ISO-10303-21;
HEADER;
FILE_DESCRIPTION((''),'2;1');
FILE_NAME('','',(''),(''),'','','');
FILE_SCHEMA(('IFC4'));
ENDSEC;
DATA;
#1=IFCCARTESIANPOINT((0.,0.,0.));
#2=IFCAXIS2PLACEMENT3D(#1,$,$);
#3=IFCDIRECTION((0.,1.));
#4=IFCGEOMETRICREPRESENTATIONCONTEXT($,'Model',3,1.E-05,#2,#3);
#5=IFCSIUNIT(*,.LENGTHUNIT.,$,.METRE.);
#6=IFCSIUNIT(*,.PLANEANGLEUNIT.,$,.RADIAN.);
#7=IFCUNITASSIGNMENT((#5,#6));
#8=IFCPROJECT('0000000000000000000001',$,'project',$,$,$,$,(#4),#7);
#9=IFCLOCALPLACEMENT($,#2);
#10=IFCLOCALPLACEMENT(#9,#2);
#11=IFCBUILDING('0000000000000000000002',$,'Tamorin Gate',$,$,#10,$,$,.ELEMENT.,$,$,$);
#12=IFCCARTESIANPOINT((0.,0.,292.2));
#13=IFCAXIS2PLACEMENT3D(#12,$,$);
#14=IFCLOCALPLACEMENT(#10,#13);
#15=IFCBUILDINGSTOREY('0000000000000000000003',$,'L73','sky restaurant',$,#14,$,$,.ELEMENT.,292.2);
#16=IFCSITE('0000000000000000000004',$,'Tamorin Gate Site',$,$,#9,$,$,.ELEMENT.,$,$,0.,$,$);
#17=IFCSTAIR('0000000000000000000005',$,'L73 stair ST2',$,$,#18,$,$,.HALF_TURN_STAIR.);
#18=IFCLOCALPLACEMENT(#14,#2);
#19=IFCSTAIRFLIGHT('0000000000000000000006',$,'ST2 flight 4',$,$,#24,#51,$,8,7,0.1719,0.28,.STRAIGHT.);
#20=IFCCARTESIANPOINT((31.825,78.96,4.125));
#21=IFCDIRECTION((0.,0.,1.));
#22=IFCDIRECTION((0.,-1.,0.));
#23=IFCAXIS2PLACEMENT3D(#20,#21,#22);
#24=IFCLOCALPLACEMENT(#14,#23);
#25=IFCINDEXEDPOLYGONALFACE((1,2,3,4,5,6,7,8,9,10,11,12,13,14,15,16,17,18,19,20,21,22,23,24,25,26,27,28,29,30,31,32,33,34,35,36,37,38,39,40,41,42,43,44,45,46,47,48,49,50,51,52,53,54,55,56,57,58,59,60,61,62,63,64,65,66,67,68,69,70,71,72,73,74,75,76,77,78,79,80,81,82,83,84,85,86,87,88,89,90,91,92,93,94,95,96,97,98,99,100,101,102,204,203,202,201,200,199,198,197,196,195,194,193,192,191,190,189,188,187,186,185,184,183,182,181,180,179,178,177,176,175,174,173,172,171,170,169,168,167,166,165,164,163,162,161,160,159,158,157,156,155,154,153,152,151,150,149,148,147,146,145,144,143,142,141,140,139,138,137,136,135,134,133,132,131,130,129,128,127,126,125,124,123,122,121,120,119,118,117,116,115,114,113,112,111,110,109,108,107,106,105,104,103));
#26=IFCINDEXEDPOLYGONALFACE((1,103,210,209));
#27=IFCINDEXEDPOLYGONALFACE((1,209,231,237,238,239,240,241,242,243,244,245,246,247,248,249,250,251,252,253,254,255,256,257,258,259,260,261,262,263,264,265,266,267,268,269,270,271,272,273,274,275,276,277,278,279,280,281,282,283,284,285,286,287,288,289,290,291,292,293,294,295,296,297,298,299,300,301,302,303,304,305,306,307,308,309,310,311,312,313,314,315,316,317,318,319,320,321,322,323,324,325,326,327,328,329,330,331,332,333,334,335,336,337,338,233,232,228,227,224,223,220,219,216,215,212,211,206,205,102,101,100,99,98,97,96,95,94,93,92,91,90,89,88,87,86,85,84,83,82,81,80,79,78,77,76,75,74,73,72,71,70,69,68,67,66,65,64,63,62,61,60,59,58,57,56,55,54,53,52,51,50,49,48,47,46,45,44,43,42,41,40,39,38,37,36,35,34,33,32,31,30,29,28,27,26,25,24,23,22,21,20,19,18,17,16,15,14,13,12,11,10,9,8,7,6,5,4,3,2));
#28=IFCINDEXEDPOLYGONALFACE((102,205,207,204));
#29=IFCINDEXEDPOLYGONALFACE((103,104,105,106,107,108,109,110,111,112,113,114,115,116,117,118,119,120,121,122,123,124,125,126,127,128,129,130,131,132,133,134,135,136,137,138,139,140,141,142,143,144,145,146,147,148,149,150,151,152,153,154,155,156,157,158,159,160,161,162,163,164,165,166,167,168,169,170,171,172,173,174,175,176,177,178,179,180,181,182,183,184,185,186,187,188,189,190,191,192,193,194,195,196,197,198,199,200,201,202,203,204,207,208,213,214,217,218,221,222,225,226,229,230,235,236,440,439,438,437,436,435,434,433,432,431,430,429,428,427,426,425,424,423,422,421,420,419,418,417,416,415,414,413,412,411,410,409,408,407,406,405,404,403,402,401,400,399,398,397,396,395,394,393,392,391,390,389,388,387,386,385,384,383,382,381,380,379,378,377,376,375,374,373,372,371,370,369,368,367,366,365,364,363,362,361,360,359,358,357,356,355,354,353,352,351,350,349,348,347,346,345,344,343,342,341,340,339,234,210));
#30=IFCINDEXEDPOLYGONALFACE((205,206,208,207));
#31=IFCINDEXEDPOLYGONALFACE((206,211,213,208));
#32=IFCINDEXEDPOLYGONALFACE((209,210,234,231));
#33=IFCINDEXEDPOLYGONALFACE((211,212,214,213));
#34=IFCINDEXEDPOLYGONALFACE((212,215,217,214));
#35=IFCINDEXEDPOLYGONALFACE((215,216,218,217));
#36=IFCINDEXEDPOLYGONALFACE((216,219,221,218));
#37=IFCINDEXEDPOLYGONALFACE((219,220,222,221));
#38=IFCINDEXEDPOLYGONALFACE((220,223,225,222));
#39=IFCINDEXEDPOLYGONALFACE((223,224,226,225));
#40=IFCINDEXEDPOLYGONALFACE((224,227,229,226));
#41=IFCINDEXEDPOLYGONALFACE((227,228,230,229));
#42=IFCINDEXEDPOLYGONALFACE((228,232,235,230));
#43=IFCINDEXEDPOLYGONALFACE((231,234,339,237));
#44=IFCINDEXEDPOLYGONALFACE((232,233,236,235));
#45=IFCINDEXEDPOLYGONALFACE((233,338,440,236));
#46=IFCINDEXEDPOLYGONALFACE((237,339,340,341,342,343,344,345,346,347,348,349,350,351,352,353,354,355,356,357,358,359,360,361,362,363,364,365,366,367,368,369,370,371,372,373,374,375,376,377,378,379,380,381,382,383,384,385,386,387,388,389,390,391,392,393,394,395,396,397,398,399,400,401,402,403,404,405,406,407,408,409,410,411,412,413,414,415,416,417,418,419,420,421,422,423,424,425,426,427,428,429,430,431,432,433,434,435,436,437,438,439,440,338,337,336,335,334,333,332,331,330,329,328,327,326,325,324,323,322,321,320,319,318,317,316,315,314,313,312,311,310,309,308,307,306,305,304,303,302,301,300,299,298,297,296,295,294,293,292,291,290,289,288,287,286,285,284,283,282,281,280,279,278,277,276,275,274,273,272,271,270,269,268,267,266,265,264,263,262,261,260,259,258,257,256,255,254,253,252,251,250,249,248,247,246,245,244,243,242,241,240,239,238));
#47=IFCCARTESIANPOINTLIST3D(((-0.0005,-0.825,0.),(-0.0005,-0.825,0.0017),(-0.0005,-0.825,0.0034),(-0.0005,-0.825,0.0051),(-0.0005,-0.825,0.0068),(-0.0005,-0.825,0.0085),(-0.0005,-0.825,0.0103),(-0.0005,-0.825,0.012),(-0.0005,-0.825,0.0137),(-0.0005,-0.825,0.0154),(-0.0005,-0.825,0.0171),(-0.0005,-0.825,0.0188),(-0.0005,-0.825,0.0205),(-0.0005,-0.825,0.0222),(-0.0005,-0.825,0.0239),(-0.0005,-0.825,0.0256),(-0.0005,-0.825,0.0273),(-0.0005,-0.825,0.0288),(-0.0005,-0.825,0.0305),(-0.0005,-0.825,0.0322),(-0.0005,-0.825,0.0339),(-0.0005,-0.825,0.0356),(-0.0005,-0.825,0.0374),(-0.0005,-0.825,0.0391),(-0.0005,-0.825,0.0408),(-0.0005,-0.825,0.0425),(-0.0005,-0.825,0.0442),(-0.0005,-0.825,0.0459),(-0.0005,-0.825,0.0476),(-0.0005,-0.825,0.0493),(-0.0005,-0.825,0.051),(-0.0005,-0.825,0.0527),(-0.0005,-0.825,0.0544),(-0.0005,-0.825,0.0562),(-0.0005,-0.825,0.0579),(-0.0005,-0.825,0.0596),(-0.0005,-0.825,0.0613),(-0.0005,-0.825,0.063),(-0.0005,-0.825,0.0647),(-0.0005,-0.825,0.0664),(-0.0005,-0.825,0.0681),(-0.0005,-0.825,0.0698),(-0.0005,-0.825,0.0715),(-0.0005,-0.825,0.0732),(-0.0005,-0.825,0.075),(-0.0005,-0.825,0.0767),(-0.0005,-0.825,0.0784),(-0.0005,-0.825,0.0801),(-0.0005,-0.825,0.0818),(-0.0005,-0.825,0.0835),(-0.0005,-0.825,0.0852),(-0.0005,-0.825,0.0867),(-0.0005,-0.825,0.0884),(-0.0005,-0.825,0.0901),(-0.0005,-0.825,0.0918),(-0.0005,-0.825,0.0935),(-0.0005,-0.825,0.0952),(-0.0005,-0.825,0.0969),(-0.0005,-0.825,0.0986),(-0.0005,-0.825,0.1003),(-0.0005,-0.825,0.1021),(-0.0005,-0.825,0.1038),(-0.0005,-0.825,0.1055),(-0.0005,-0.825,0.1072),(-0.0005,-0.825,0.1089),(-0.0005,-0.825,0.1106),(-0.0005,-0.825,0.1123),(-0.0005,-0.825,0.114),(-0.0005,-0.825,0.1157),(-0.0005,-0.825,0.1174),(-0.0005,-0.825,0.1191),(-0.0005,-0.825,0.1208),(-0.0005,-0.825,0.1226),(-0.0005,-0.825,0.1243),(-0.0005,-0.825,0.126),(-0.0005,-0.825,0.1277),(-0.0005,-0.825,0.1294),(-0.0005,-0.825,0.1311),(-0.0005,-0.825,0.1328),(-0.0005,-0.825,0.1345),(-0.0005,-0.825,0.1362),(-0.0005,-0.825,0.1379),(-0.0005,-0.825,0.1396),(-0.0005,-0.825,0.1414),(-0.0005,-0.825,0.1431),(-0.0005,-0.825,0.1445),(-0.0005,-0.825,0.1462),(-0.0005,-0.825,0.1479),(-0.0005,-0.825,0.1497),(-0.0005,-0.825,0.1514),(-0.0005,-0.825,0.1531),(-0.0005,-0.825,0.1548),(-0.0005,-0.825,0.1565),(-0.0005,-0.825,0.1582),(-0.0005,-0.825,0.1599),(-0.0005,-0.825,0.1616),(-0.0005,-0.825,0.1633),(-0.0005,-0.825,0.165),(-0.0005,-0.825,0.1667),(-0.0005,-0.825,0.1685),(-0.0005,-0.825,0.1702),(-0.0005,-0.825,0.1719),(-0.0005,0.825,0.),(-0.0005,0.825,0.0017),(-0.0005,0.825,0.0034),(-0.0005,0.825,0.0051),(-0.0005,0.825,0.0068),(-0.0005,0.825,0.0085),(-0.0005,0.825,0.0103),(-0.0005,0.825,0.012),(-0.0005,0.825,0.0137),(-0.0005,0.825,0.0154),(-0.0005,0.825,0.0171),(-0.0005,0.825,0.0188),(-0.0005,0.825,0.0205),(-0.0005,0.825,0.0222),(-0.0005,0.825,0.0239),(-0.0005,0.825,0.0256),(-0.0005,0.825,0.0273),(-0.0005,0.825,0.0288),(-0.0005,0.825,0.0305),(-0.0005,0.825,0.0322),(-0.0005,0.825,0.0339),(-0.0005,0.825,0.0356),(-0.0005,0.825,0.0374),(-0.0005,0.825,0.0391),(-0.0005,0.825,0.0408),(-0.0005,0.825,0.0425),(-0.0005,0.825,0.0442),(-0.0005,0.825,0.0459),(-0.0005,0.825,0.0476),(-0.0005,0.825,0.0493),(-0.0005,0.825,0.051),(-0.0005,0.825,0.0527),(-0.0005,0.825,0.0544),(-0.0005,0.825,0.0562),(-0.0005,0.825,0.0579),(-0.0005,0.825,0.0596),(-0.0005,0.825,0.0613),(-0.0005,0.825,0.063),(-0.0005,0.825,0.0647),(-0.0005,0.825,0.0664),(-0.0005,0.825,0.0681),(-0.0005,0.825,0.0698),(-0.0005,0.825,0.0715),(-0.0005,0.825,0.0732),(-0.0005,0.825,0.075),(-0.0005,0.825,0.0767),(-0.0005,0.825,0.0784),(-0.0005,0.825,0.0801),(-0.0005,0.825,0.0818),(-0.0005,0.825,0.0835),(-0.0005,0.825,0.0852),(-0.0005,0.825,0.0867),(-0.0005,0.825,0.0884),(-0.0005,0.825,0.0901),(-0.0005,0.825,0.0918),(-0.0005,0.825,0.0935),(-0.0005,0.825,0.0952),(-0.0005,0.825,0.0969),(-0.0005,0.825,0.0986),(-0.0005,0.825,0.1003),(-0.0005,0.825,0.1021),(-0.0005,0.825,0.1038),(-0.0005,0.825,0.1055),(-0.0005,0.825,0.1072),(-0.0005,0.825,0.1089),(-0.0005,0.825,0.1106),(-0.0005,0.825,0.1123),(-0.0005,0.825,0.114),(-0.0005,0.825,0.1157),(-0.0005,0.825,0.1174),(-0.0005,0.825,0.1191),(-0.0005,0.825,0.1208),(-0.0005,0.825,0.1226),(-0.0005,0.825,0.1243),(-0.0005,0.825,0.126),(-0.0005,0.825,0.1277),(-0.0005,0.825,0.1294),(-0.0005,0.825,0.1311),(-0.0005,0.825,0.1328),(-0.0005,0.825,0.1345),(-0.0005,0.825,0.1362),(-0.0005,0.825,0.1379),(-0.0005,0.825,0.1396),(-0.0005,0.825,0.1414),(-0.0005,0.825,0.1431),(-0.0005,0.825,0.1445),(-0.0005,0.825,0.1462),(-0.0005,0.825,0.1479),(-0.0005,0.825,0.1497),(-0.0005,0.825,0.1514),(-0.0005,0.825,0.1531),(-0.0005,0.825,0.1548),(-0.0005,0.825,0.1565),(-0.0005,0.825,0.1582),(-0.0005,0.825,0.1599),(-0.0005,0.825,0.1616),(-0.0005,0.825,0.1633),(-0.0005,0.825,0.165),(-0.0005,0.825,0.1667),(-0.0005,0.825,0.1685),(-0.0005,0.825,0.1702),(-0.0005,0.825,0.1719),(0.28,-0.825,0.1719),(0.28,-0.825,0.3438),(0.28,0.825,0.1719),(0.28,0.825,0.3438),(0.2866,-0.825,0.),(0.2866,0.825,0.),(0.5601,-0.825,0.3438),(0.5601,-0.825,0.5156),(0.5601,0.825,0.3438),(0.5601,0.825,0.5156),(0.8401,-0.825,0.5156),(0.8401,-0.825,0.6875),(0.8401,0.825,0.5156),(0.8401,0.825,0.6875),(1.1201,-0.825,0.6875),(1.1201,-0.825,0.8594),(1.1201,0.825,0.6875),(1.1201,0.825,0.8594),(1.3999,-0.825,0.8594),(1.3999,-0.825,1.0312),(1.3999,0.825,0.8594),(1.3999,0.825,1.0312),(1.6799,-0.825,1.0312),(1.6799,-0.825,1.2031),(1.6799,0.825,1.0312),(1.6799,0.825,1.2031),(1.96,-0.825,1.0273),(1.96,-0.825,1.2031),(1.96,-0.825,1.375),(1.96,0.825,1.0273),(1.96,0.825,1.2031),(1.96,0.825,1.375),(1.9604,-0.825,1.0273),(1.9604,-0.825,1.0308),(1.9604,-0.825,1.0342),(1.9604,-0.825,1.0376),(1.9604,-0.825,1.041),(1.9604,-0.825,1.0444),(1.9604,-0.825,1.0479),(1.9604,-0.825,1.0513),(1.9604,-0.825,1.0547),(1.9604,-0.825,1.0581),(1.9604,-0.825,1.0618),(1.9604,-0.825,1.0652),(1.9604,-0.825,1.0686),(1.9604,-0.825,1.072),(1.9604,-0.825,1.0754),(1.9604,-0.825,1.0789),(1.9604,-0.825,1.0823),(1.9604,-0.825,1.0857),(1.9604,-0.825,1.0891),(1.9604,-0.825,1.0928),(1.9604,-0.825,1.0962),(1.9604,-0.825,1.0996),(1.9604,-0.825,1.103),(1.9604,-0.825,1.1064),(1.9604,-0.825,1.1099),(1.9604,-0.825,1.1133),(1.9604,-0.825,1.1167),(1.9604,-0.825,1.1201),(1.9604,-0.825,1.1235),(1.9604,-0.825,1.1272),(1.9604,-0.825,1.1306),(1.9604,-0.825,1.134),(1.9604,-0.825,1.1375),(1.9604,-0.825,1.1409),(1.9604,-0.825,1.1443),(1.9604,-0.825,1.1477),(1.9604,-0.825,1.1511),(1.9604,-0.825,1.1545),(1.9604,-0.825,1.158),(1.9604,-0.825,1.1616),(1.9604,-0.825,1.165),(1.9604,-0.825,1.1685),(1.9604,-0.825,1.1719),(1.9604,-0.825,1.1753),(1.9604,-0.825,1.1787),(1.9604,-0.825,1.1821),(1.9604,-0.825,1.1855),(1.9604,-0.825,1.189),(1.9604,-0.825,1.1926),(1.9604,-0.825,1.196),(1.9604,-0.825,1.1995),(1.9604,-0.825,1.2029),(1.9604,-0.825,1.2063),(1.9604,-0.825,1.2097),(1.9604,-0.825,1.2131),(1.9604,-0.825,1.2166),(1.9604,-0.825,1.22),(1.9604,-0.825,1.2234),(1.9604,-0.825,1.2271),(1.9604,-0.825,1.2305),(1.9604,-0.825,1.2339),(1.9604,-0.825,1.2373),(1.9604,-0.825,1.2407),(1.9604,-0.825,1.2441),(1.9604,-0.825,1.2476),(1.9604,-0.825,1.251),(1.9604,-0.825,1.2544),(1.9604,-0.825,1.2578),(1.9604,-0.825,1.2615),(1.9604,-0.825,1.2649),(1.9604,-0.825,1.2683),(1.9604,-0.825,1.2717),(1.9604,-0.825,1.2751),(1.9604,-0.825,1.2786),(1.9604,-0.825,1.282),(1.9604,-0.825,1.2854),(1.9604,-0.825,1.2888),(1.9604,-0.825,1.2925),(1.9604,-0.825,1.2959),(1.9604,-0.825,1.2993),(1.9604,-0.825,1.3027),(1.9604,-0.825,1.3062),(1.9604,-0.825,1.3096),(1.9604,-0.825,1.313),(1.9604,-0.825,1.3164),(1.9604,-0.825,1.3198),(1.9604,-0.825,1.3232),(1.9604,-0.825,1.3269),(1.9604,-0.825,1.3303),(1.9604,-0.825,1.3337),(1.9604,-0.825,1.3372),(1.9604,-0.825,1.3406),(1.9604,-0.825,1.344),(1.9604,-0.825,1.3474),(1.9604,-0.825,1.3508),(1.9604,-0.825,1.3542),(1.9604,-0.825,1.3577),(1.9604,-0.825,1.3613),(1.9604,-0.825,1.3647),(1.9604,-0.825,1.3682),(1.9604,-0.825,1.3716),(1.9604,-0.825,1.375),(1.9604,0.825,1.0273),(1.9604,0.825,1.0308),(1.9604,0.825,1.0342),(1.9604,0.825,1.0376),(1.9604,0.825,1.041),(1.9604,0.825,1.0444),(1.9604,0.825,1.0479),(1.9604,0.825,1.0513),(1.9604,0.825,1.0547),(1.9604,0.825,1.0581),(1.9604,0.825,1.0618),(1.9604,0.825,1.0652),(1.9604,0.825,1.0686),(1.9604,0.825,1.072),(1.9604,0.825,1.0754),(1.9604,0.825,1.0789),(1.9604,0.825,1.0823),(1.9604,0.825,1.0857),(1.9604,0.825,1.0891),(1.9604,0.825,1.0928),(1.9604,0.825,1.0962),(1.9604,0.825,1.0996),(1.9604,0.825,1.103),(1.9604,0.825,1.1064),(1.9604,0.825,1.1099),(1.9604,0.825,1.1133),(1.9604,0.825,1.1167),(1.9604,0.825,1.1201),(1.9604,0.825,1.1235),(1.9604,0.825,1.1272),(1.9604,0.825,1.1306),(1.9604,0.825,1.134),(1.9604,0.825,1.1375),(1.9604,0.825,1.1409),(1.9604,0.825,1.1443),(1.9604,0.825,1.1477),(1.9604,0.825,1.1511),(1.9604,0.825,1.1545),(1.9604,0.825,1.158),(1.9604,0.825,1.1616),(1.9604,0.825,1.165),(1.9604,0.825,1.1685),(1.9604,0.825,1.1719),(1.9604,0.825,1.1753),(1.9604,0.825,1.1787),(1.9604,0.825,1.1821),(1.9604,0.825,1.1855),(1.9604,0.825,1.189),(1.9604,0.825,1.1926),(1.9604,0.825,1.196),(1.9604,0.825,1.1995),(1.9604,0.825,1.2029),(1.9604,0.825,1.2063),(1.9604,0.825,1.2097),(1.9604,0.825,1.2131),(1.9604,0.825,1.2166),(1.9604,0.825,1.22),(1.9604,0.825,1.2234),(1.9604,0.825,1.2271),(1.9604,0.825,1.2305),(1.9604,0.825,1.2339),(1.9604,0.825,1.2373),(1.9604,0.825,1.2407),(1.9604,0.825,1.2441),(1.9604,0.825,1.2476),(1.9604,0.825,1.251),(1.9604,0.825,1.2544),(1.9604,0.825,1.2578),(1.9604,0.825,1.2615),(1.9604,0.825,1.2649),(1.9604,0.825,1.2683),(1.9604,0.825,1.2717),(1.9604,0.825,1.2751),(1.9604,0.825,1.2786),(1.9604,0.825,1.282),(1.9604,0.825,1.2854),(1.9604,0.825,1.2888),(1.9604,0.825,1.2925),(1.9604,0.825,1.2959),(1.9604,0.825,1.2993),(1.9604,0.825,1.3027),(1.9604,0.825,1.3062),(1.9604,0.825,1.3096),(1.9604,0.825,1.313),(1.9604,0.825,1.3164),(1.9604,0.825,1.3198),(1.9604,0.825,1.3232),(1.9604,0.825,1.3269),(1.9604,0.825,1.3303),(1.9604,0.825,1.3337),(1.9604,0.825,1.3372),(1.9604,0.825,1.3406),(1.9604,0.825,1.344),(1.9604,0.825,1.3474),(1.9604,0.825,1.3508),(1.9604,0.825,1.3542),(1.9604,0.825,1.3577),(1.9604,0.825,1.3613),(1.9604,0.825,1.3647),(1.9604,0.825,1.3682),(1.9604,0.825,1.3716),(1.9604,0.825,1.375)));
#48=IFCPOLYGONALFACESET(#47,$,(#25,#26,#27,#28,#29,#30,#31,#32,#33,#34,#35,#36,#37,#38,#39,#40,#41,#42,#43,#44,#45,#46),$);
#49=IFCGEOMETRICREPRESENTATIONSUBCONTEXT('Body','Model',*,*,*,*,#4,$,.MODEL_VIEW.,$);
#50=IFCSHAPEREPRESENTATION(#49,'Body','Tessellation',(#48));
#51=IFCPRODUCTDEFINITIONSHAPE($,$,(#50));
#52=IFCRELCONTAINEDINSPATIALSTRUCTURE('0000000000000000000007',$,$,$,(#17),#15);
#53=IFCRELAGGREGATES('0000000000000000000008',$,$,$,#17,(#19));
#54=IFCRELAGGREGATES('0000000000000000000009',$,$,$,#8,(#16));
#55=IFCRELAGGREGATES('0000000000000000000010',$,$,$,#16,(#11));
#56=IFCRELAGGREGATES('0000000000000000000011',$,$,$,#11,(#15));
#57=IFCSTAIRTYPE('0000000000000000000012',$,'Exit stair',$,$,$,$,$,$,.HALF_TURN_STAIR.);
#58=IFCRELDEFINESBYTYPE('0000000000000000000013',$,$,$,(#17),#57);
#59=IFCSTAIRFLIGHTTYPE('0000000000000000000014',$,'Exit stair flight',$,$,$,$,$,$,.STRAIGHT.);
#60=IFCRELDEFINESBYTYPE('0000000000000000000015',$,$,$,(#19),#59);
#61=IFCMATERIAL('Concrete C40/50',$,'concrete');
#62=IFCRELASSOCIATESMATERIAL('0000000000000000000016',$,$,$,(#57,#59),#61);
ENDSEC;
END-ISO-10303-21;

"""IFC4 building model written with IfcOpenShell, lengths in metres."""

from ifc_helpers import new_model, si_unit, direction, frame, origin, place, context, subcontext, project, spatial, polyline, outline, extrude, material, type_object, element, aggregate, save


model = new_model("IFC4")

# Units and contexts
model_context = context("Model", 3, precision=1e-05, world=origin(), true_north=direction((0.0, 1.0)))
body_context = subcontext(model_context, "Body", "Model", "MODEL_VIEW")
ifc_project = project(units=[si_unit("LENGTHUNIT", "METRE"), si_unit("PLANEANGLEUNIT", "RADIAN")], contexts=[model_context])

# Site, building, storey
site_placement = place(None, origin())
site = spatial("IfcSite", under=ifc_project, at=site_placement, Name="Tamorin Gate Site", CompositionType="ELEMENT", RefElevation=0.0)
building_placement = place(site_placement, origin())
building = spatial("IfcBuilding", under=site, at=building_placement, Name="Tamorin Gate", CompositionType="ELEMENT")
storey_placement = place(building_placement, frame((0.0, 0.0, 292.2)))
storey = spatial("IfcBuildingStorey", under=building, at=storey_placement, Name="L73", Description="sky restaurant", CompositionType="ELEMENT", Elevation=292.2)

# Shared definitions
ifc_material_1 = material(Name="Concrete C40/50", Category="concrete")

# Stair, stair flight
stair_type = type_object("IfcStairType", Name="Exit stair", PredefinedType="HALF_TURN_STAIR", material=ifc_material_1)
stair_placement = place(storey_placement, origin())
stair = element("IfcStair", 1, at=stair_placement, inside=storey, type_object=stair_type, Name="L73 stair ST2", PredefinedType="HALF_TURN_STAIR")
stair_flight_type = type_object("IfcStairFlightType", Name="Exit stair flight", PredefinedType="STRAIGHT", material=ifc_material_1)
stair_flight_1_placement = place(storey_placement, frame((31.825, 78.96, 4.125), z_axis=(0.0, 0.0, 1.0), x_axis=(0.0, -1.0, 0.0)))
stair_flight_1 = element("IfcStairFlight", 2, at=stair_flight_1_placement, type_object=stair_flight_type, Name="ST2 flight 4", NumberOfRisers=8, NumberOfTreads=7, PredefinedType="STRAIGHT", RiserHeight=0.1719, TreadLength=0.28, context=body_context, shape_type="SweptSolid", body=[
    extrude(outline(polyline([(-0.0005, 0.0), (-0.0005, 0.0017), (-0.0005, 0.0034), (-0.0005, 0.0051), (-0.0005, 0.0068), (-0.0005, 0.0085), (-0.0005, 0.0103), (-0.0005, 0.012), (-0.0005, 0.0137), (-0.0005, 0.0154), (-0.0005, 0.0171), (-0.0005, 0.0188), (-0.0005, 0.0205), (-0.0005, 0.0222), (-0.0005, 0.0239), (-0.0005, 0.0256), (-0.0005, 0.0273), (-0.0005, 0.0288), (-0.0005, 0.0305), (-0.0005, 0.0322), (-0.0005, 0.0339), (-0.0005, 0.0356), (-0.0005, 0.0374), (-0.0005, 0.0391), (-0.0005, 0.0408), (-0.0005, 0.0425), (-0.0005, 0.0442), (-0.0005, 0.0459), (-0.0005, 0.0476), (-0.0005, 0.0493), (-0.0005, 0.051), (-0.0005, 0.0527), (-0.0005, 0.0544), (-0.0005, 0.0562), (-0.0005, 0.0579), (-0.0005, 0.0596), (-0.0005, 0.0613), (-0.0005, 0.063), (-0.0005, 0.0647), (-0.0005, 0.0664), (-0.0005, 0.0681), (-0.0005, 0.0698), (-0.0005, 0.0715), (-0.0005, 0.0732), (-0.0005, 0.075), (-0.0005, 0.0767), (-0.0005, 0.0784), (-0.0005, 0.0801), (-0.0005, 0.0818), (-0.0005, 0.0835), (-0.0005, 0.0852), (-0.0005, 0.0867), (-0.0005, 0.0884), (-0.0005, 0.0901), (-0.0005, 0.0918), (-0.0005, 0.0935), (-0.0005, 0.0952), (-0.0005, 0.0969), (-0.0005, 0.0986), (-0.0005, 0.1003), (-0.0005, 0.1021), (-0.0005, 0.1038), (-0.0005, 0.1055), (-0.0005, 0.1072), (-0.0005, 0.1089), (-0.0005, 0.1106), (-0.0005, 0.1123), (-0.0005, 0.114), (-0.0005, 0.1157), (-0.0005, 0.1174), (-0.0005, 0.1191), (-0.0005, 0.1208), (-0.0005, 0.1226), (-0.0005, 0.1243), (-0.0005, 0.126), (-0.0005, 0.1277), (-0.0005, 0.1294), (-0.0005, 0.1311), (-0.0005, 0.1328), (-0.0005, 0.1345), (-0.0005, 0.1362), (-0.0005, 0.1379), (-0.0005, 0.1396), (-0.0005, 0.1414), (-0.0005, 0.1431), (-0.0005, 0.1445), (-0.0005, 0.1462), (-0.0005, 0.1479), (-0.0005, 0.1497), (-0.0005, 0.1514), (-0.0005, 0.1531), (-0.0005, 0.1548), (-0.0005, 0.1565), (-0.0005, 0.1582), (-0.0005, 0.1599), (-0.0005, 0.1616), (-0.0005, 0.1633), (-0.0005, 0.165), (-0.0005, 0.1667), (-0.0005, 0.1685), (-0.0005, 0.1702), (-0.0005, 0.1719), (0.28, 0.1719), (0.28, 0.3438), (0.5601, 0.3438), (0.5601, 0.5156), (0.8401, 0.5156), (0.8401, 0.6875), (1.1201, 0.6875), (1.1201, 0.8594), (1.3999, 0.8594), (1.3999, 1.0312), (1.6799, 1.0312), (1.6799, 1.2031), (1.96, 1.2031), (1.96, 1.375), (1.9604, 1.375), (1.9604, 1.3716), (1.9604, 1.3682), (1.9604, 1.3647), (1.9604, 1.3613), (1.9604, 1.3577), (1.9604, 1.3542), (1.9604, 1.3508), (1.9604, 1.3474), (1.9604, 1.344), (1.9604, 1.3406), (1.9604, 1.3372), (1.9604, 1.3337), (1.9604, 1.3303), (1.9604, 1.3269), (1.9604, 1.3232), (1.9604, 1.3198), (1.9604, 1.3164), (1.9604, 1.313), (1.9604, 1.3096), (1.9604, 1.3062), (1.9604, 1.3027), (1.9604, 1.2993), (1.9604, 1.2959), (1.9604, 1.2925), (1.9604, 1.2888), (1.9604, 1.2854), (1.9604, 1.282), (1.9604, 1.2786), (1.9604, 1.2751), (1.9604, 1.2717), (1.9604, 1.2683), (1.9604, 1.2649), (1.9604, 1.2615), (1.9604, 1.2578), (1.9604, 1.2544), (1.9604, 1.251), (1.9604, 1.2476), (1.9604, 1.2441), (1.9604, 1.2407), (1.9604, 1.2373), (1.9604, 1.2339), (1.9604, 1.2305), (1.9604, 1.2271), (1.9604, 1.2234), (1.9604, 1.22), (1.9604, 1.2166), (1.9604, 1.2131), (1.9604, 1.2097), (1.9604, 1.2063), (1.9604, 1.2029), (1.9604, 1.1995), (1.9604, 1.196), (1.9604, 1.1926), (1.9604, 1.189), (1.9604, 1.1855), (1.9604, 1.1821), (1.9604, 1.1787), (1.9604, 1.1753), (1.9604, 1.1719), (1.9604, 1.1685), (1.9604, 1.165), (1.9604, 1.1616), (1.9604, 1.158), (1.9604, 1.1545), (1.9604, 1.1511), (1.9604, 1.1477), (1.9604, 1.1443), (1.9604, 1.1409), (1.9604, 1.1375), (1.9604, 1.134), (1.9604, 1.1306), (1.9604, 1.1272), (1.9604, 1.1235), (1.9604, 1.1201), (1.9604, 1.1167), (1.9604, 1.1133), (1.9604, 1.1099), (1.9604, 1.1064), (1.9604, 1.103), (1.9604, 1.0996), (1.9604, 1.0962), (1.9604, 1.0928), (1.9604, 1.0891), (1.9604, 1.0857), (1.9604, 1.0823), (1.9604, 1.0789), (1.9604, 1.0754), (1.9604, 1.072), (1.9604, 1.0686), (1.9604, 1.0652), (1.9604, 1.0618), (1.9604, 1.0581), (1.9604, 1.0547), (1.9604, 1.0513), (1.9604, 1.0479), (1.9604, 1.0444), (1.9604, 1.041), (1.9604, 1.0376), (1.9604, 1.0342), (1.9604, 1.0308), (1.9604, 1.0273), (1.96, 1.0273), (0.2866, 0.0), (-0.0005, 0.0)])), frame((0.0, 0.825, 0.0), z_axis=(0.0, -1.0, 0.0), x_axis=(1.0, 0.0, 0.0)), (0.0, 0.0, 1.0), 1.6499),
])
aggregate(stair, [stair_flight_1])

save(model, "model.ifc")
